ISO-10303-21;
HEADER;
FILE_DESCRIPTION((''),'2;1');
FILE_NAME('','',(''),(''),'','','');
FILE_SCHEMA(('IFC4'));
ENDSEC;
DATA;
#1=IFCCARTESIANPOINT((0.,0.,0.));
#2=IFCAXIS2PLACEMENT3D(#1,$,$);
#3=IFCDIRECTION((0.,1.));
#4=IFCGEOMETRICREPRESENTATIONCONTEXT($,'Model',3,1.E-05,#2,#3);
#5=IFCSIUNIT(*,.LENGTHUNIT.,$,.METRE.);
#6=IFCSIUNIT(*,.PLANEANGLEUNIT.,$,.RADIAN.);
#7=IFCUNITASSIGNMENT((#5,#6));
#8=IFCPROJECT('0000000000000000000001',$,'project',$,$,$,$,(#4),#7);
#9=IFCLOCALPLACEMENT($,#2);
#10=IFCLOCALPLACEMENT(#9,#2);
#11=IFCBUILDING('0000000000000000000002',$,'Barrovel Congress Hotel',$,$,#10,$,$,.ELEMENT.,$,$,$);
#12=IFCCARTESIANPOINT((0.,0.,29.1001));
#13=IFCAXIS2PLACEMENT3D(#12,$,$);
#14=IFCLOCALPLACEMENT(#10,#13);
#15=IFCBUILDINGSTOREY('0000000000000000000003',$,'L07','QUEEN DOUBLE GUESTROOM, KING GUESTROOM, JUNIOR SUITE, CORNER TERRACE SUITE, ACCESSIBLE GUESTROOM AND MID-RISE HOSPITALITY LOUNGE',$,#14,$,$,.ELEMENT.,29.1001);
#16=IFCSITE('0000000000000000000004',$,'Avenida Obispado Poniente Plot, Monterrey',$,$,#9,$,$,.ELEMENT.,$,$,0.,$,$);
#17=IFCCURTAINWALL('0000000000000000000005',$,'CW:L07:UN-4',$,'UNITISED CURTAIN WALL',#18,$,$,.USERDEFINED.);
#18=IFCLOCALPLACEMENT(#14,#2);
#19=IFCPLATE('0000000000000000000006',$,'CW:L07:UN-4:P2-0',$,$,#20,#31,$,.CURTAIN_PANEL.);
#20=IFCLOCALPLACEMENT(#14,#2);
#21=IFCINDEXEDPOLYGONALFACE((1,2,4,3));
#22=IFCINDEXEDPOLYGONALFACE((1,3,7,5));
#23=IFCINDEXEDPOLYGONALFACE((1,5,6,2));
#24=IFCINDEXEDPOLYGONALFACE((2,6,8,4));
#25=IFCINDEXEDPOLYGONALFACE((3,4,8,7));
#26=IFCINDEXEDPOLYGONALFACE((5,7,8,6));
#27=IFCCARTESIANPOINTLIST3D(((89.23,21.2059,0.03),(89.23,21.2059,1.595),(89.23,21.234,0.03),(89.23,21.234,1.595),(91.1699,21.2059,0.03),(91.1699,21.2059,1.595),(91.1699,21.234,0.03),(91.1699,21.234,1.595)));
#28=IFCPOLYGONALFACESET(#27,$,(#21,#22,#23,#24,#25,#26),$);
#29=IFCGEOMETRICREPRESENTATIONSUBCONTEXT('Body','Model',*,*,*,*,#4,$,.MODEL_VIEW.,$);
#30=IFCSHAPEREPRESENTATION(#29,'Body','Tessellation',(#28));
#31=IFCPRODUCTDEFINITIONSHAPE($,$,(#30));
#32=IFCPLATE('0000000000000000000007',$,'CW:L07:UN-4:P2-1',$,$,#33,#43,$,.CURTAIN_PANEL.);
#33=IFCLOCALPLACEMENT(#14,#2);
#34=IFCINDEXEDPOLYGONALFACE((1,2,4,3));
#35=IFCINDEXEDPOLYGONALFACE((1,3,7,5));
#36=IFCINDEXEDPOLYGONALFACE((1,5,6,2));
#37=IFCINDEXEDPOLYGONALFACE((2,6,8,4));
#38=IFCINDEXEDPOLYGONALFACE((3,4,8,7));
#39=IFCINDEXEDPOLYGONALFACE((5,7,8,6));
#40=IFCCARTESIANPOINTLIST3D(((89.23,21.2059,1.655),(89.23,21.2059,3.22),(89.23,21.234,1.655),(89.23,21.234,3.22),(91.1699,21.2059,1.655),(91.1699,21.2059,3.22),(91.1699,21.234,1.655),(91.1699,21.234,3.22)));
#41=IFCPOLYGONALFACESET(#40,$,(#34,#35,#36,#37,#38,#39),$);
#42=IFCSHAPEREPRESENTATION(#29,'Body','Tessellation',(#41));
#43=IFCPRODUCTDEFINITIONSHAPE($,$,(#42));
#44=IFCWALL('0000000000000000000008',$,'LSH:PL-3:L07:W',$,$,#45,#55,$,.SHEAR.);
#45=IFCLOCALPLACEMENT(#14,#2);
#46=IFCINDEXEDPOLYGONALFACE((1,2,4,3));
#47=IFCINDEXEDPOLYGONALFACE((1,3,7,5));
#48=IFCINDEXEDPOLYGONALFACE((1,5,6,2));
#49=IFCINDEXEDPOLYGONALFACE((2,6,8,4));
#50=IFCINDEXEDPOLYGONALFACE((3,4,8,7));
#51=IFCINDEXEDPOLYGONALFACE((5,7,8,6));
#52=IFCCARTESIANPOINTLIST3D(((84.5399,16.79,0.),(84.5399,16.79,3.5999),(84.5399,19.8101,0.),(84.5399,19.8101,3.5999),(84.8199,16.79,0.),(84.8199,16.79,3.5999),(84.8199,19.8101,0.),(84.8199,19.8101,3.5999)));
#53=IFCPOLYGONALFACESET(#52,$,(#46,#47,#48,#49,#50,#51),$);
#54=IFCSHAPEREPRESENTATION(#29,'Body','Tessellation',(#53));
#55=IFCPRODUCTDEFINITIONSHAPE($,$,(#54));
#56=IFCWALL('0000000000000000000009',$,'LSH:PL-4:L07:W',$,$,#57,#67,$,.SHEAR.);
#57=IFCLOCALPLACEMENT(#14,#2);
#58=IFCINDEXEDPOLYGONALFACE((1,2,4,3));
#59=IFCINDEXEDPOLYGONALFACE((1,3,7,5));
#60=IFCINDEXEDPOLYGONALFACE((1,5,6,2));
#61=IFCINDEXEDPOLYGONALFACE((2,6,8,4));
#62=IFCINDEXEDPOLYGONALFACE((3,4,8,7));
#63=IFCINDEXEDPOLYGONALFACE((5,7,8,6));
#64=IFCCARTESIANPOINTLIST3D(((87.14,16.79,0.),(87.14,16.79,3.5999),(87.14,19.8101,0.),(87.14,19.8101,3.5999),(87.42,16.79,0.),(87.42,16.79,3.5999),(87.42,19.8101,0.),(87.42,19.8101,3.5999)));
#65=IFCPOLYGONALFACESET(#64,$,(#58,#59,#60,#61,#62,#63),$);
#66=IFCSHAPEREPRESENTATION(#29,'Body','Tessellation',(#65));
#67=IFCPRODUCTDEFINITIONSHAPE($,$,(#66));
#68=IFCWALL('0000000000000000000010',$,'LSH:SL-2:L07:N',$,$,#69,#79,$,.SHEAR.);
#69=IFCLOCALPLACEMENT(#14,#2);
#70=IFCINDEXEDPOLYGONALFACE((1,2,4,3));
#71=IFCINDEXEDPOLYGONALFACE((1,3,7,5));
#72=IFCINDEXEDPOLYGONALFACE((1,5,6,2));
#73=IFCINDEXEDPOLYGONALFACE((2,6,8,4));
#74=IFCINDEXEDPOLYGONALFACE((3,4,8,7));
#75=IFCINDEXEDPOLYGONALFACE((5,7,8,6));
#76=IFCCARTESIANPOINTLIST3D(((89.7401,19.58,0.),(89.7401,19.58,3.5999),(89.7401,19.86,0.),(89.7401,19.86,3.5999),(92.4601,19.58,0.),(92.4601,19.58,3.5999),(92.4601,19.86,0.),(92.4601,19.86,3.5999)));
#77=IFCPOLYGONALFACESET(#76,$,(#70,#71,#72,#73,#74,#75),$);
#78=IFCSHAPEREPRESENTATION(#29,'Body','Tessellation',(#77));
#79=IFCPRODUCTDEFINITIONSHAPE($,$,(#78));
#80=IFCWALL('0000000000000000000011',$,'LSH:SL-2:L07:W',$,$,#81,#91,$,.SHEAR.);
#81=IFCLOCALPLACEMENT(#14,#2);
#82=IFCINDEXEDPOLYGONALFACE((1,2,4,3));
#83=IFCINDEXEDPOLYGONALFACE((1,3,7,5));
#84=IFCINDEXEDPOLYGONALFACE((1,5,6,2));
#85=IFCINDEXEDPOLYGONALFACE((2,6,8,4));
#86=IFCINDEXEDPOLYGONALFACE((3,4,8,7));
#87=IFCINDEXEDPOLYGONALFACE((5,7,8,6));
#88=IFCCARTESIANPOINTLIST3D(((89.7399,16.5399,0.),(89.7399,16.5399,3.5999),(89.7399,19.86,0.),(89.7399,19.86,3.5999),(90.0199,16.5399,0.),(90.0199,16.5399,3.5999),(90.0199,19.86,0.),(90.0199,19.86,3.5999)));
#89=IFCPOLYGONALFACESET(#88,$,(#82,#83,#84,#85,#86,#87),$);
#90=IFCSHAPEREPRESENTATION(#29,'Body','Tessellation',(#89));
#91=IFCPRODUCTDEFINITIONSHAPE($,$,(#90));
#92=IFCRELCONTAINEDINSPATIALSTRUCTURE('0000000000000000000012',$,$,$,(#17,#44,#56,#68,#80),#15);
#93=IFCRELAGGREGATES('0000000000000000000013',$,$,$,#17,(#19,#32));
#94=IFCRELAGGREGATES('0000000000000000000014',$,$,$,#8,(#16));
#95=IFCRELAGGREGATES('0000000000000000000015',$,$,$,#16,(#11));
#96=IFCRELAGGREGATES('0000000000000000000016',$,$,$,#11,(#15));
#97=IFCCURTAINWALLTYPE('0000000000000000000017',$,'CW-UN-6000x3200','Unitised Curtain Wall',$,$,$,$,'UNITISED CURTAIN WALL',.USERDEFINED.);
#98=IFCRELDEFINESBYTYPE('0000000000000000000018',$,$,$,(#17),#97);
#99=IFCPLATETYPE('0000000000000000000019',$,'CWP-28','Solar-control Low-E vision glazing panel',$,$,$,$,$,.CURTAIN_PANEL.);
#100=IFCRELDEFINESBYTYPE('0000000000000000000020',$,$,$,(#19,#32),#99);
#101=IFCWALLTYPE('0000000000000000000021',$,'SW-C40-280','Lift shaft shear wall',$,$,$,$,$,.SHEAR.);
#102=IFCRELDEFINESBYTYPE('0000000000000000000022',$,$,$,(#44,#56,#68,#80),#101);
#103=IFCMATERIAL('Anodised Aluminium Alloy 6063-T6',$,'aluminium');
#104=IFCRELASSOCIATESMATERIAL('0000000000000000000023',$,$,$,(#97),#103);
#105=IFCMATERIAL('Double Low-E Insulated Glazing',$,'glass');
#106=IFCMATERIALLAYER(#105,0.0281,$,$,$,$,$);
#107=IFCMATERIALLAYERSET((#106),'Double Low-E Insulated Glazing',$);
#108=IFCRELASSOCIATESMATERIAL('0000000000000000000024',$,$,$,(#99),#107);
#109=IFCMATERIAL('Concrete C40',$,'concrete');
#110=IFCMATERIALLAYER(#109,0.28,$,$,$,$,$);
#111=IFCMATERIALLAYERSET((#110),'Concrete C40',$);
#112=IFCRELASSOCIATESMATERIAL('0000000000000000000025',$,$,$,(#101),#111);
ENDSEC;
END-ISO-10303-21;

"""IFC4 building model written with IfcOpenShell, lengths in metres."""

from ifc_helpers import new_model, si_unit, direction, frame, frame_2d, origin, origin_2d, place, context, subcontext, project, spatial, rectangle, extrude, material, layer, layer_set, type_object, element, aggregate, save


model = new_model("IFC4")

# Units and contexts
model_context = context("Model", 3, precision=1e-05, world=origin(), true_north=direction((0.0, 1.0)))
body_context = subcontext(model_context, "Body", "Model", "MODEL_VIEW")
ifc_project = project(units=[si_unit("LENGTHUNIT", "METRE"), si_unit("PLANEANGLEUNIT", "RADIAN")], contexts=[model_context])

# Site, building, storey
site_placement = place(None, origin())
site = spatial("IfcSite", under=ifc_project, at=site_placement, Name="Avenida Obispado Poniente Plot, Monterrey", CompositionType="ELEMENT", RefElevation=0.0)
building_placement = place(site_placement, origin())
building = spatial("IfcBuilding", under=site, at=building_placement, Name="Barrovel Congress Hotel", CompositionType="ELEMENT")
storey_placement = place(building_placement, frame((0.0, 0.0, 29.1001)))
storey = spatial("IfcBuildingStorey", under=building, at=storey_placement, Name="L07", Description="QUEEN DOUBLE GUESTROOM, KING GUESTROOM, JUNIOR SUITE, CORNER TERRACE SUITE, ACCESSIBLE GUESTROOM AND MID-RISE HOSPITALITY LOUNGE", CompositionType="ELEMENT", Elevation=29.1001)

# Shared definitions
ifc_material_1 = material(Name="Concrete C40", Category="concrete")

# Curtain wall, plates
ifc_material_2 = material(Name="Anodised Aluminium Alloy 6063-T6", Category="aluminium")
curtain_wall_type = type_object("IfcCurtainWallType", Name="CW-UN-6000x3200", Description="Unitised Curtain Wall", ElementType="UNITISED CURTAIN WALL", PredefinedType="USERDEFINED", material=ifc_material_2)
curtain_wall_placement = place(storey_placement, origin())
curtain_wall = element("IfcCurtainWall", 1, at=curtain_wall_placement, inside=storey, type_object=curtain_wall_type, Name="CW:L07:UN-4", ObjectType="UNITISED CURTAIN WALL", PredefinedType="USERDEFINED")
ifc_material_3 = material(Name="Double Low-E Insulated Glazing", Category="glass")
ifc_layer_1 = layer(ifc_material_3, 0.0281)
ifc_layer_set_1 = layer_set([ifc_layer_1], Name="Double Low-E Insulated Glazing")
plate_type = type_object("IfcPlateType", Name="CWP-28", Description="Solar-control Low-E vision glazing panel", PredefinedType="CURTAIN_PANEL", material=ifc_layer_set_1)
plate_1_placement = place(storey_placement, frame((90.2, 21.22, 0.03), z_axis=(0.0, 0.0, 1.0), x_axis=(1.0, 0.0, 0.0)))
plate_1 = element("IfcPlate", 2, at=plate_1_placement, type_object=plate_type, Name="CW:L07:UN-4:P2-0", PredefinedType="CURTAIN_PANEL", context=body_context, shape_type="SweptSolid", body=[
    extrude(rectangle(XDim=1.9399, YDim=0.0281, at=origin_2d()), origin(), (0.0, 0.0, 1.0), 1.5649),
])
plate_2_placement = place(storey_placement, frame((90.2, 21.22, 1.655), z_axis=(0.0, 0.0, 1.0), x_axis=(1.0, 0.0, 0.0)))
plate_2 = element("IfcPlate", 3, at=plate_2_placement, type_object=plate_type, Name="CW:L07:UN-4:P2-1", PredefinedType="CURTAIN_PANEL", context=body_context, shape_type="SweptSolid", body=[
    extrude(rectangle(XDim=1.9399, YDim=0.0281, at=origin_2d()), origin(), (0.0, 0.0, 1.0), 1.5649),
])
aggregate(curtain_wall, [plate_1, plate_2])

# Walls
ifc_layer_2 = layer(ifc_material_1, 0.28)
ifc_layer_set_2 = layer_set([ifc_layer_2], Name="Concrete C40")
wall_type = type_object("IfcWallType", Name="SW-C40-280", Description="Lift shaft shear wall", PredefinedType="SHEAR", material=ifc_layer_set_2)
for number, where, z_axis, x_axis, name in (
    (4, (84.6799, 19.8101, 0.0), (0.0, 0.0, 1.0), (0.0, -1.0, 0.0), "LSH:PL-3:L07:W"),
    (5, (87.28, 19.8101, 0.0), (0.0, 0.0, 1.0), (0.0, -1.0, 0.0), "LSH:PL-4:L07:W"),
):
    element("IfcWall", number, at=place(storey_placement, frame(where, z_axis=z_axis, x_axis=x_axis)), inside=storey, type_object=wall_type, Name=name, PredefinedType="SHEAR", context=body_context, shape_type="SweptSolid", body=[
        extrude(rectangle(XDim=3.02, YDim=0.28, at=frame_2d((1.51, 0.0))), origin(), (0.0, 0.0, 1.0), 3.5999),
    ])
wall_1_placement = place(storey_placement, frame((92.46, 19.72, 0.0), z_axis=(0.0, 0.0, 1.0), x_axis=(-1.0, 0.0, 0.0)))
element("IfcWall", 6, at=wall_1_placement, inside=storey, type_object=wall_type, Name="LSH:SL-2:L07:N", PredefinedType="SHEAR", context=body_context, shape_type="SweptSolid", body=[
    extrude(rectangle(XDim=2.72, YDim=0.28, at=frame_2d((1.3599, 0.0))), origin(), (0.0, 0.0, 1.0), 3.5999),
])
wall_2_placement = place(storey_placement, frame((89.8799, 19.8601, 0.0), z_axis=(0.0, 0.0, 1.0), x_axis=(0.0, -1.0, 0.0)))
element("IfcWall", 7, at=wall_2_placement, inside=storey, type_object=wall_type, Name="LSH:SL-2:L07:W", PredefinedType="SHEAR", context=body_context, shape_type="SweptSolid", body=[
    extrude(rectangle(XDim=3.3201, YDim=0.28, at=frame_2d((1.6602, 0.0))), origin(), (0.0, 0.0, 1.0), 3.5999),
])

save(model, "model.ifc")
